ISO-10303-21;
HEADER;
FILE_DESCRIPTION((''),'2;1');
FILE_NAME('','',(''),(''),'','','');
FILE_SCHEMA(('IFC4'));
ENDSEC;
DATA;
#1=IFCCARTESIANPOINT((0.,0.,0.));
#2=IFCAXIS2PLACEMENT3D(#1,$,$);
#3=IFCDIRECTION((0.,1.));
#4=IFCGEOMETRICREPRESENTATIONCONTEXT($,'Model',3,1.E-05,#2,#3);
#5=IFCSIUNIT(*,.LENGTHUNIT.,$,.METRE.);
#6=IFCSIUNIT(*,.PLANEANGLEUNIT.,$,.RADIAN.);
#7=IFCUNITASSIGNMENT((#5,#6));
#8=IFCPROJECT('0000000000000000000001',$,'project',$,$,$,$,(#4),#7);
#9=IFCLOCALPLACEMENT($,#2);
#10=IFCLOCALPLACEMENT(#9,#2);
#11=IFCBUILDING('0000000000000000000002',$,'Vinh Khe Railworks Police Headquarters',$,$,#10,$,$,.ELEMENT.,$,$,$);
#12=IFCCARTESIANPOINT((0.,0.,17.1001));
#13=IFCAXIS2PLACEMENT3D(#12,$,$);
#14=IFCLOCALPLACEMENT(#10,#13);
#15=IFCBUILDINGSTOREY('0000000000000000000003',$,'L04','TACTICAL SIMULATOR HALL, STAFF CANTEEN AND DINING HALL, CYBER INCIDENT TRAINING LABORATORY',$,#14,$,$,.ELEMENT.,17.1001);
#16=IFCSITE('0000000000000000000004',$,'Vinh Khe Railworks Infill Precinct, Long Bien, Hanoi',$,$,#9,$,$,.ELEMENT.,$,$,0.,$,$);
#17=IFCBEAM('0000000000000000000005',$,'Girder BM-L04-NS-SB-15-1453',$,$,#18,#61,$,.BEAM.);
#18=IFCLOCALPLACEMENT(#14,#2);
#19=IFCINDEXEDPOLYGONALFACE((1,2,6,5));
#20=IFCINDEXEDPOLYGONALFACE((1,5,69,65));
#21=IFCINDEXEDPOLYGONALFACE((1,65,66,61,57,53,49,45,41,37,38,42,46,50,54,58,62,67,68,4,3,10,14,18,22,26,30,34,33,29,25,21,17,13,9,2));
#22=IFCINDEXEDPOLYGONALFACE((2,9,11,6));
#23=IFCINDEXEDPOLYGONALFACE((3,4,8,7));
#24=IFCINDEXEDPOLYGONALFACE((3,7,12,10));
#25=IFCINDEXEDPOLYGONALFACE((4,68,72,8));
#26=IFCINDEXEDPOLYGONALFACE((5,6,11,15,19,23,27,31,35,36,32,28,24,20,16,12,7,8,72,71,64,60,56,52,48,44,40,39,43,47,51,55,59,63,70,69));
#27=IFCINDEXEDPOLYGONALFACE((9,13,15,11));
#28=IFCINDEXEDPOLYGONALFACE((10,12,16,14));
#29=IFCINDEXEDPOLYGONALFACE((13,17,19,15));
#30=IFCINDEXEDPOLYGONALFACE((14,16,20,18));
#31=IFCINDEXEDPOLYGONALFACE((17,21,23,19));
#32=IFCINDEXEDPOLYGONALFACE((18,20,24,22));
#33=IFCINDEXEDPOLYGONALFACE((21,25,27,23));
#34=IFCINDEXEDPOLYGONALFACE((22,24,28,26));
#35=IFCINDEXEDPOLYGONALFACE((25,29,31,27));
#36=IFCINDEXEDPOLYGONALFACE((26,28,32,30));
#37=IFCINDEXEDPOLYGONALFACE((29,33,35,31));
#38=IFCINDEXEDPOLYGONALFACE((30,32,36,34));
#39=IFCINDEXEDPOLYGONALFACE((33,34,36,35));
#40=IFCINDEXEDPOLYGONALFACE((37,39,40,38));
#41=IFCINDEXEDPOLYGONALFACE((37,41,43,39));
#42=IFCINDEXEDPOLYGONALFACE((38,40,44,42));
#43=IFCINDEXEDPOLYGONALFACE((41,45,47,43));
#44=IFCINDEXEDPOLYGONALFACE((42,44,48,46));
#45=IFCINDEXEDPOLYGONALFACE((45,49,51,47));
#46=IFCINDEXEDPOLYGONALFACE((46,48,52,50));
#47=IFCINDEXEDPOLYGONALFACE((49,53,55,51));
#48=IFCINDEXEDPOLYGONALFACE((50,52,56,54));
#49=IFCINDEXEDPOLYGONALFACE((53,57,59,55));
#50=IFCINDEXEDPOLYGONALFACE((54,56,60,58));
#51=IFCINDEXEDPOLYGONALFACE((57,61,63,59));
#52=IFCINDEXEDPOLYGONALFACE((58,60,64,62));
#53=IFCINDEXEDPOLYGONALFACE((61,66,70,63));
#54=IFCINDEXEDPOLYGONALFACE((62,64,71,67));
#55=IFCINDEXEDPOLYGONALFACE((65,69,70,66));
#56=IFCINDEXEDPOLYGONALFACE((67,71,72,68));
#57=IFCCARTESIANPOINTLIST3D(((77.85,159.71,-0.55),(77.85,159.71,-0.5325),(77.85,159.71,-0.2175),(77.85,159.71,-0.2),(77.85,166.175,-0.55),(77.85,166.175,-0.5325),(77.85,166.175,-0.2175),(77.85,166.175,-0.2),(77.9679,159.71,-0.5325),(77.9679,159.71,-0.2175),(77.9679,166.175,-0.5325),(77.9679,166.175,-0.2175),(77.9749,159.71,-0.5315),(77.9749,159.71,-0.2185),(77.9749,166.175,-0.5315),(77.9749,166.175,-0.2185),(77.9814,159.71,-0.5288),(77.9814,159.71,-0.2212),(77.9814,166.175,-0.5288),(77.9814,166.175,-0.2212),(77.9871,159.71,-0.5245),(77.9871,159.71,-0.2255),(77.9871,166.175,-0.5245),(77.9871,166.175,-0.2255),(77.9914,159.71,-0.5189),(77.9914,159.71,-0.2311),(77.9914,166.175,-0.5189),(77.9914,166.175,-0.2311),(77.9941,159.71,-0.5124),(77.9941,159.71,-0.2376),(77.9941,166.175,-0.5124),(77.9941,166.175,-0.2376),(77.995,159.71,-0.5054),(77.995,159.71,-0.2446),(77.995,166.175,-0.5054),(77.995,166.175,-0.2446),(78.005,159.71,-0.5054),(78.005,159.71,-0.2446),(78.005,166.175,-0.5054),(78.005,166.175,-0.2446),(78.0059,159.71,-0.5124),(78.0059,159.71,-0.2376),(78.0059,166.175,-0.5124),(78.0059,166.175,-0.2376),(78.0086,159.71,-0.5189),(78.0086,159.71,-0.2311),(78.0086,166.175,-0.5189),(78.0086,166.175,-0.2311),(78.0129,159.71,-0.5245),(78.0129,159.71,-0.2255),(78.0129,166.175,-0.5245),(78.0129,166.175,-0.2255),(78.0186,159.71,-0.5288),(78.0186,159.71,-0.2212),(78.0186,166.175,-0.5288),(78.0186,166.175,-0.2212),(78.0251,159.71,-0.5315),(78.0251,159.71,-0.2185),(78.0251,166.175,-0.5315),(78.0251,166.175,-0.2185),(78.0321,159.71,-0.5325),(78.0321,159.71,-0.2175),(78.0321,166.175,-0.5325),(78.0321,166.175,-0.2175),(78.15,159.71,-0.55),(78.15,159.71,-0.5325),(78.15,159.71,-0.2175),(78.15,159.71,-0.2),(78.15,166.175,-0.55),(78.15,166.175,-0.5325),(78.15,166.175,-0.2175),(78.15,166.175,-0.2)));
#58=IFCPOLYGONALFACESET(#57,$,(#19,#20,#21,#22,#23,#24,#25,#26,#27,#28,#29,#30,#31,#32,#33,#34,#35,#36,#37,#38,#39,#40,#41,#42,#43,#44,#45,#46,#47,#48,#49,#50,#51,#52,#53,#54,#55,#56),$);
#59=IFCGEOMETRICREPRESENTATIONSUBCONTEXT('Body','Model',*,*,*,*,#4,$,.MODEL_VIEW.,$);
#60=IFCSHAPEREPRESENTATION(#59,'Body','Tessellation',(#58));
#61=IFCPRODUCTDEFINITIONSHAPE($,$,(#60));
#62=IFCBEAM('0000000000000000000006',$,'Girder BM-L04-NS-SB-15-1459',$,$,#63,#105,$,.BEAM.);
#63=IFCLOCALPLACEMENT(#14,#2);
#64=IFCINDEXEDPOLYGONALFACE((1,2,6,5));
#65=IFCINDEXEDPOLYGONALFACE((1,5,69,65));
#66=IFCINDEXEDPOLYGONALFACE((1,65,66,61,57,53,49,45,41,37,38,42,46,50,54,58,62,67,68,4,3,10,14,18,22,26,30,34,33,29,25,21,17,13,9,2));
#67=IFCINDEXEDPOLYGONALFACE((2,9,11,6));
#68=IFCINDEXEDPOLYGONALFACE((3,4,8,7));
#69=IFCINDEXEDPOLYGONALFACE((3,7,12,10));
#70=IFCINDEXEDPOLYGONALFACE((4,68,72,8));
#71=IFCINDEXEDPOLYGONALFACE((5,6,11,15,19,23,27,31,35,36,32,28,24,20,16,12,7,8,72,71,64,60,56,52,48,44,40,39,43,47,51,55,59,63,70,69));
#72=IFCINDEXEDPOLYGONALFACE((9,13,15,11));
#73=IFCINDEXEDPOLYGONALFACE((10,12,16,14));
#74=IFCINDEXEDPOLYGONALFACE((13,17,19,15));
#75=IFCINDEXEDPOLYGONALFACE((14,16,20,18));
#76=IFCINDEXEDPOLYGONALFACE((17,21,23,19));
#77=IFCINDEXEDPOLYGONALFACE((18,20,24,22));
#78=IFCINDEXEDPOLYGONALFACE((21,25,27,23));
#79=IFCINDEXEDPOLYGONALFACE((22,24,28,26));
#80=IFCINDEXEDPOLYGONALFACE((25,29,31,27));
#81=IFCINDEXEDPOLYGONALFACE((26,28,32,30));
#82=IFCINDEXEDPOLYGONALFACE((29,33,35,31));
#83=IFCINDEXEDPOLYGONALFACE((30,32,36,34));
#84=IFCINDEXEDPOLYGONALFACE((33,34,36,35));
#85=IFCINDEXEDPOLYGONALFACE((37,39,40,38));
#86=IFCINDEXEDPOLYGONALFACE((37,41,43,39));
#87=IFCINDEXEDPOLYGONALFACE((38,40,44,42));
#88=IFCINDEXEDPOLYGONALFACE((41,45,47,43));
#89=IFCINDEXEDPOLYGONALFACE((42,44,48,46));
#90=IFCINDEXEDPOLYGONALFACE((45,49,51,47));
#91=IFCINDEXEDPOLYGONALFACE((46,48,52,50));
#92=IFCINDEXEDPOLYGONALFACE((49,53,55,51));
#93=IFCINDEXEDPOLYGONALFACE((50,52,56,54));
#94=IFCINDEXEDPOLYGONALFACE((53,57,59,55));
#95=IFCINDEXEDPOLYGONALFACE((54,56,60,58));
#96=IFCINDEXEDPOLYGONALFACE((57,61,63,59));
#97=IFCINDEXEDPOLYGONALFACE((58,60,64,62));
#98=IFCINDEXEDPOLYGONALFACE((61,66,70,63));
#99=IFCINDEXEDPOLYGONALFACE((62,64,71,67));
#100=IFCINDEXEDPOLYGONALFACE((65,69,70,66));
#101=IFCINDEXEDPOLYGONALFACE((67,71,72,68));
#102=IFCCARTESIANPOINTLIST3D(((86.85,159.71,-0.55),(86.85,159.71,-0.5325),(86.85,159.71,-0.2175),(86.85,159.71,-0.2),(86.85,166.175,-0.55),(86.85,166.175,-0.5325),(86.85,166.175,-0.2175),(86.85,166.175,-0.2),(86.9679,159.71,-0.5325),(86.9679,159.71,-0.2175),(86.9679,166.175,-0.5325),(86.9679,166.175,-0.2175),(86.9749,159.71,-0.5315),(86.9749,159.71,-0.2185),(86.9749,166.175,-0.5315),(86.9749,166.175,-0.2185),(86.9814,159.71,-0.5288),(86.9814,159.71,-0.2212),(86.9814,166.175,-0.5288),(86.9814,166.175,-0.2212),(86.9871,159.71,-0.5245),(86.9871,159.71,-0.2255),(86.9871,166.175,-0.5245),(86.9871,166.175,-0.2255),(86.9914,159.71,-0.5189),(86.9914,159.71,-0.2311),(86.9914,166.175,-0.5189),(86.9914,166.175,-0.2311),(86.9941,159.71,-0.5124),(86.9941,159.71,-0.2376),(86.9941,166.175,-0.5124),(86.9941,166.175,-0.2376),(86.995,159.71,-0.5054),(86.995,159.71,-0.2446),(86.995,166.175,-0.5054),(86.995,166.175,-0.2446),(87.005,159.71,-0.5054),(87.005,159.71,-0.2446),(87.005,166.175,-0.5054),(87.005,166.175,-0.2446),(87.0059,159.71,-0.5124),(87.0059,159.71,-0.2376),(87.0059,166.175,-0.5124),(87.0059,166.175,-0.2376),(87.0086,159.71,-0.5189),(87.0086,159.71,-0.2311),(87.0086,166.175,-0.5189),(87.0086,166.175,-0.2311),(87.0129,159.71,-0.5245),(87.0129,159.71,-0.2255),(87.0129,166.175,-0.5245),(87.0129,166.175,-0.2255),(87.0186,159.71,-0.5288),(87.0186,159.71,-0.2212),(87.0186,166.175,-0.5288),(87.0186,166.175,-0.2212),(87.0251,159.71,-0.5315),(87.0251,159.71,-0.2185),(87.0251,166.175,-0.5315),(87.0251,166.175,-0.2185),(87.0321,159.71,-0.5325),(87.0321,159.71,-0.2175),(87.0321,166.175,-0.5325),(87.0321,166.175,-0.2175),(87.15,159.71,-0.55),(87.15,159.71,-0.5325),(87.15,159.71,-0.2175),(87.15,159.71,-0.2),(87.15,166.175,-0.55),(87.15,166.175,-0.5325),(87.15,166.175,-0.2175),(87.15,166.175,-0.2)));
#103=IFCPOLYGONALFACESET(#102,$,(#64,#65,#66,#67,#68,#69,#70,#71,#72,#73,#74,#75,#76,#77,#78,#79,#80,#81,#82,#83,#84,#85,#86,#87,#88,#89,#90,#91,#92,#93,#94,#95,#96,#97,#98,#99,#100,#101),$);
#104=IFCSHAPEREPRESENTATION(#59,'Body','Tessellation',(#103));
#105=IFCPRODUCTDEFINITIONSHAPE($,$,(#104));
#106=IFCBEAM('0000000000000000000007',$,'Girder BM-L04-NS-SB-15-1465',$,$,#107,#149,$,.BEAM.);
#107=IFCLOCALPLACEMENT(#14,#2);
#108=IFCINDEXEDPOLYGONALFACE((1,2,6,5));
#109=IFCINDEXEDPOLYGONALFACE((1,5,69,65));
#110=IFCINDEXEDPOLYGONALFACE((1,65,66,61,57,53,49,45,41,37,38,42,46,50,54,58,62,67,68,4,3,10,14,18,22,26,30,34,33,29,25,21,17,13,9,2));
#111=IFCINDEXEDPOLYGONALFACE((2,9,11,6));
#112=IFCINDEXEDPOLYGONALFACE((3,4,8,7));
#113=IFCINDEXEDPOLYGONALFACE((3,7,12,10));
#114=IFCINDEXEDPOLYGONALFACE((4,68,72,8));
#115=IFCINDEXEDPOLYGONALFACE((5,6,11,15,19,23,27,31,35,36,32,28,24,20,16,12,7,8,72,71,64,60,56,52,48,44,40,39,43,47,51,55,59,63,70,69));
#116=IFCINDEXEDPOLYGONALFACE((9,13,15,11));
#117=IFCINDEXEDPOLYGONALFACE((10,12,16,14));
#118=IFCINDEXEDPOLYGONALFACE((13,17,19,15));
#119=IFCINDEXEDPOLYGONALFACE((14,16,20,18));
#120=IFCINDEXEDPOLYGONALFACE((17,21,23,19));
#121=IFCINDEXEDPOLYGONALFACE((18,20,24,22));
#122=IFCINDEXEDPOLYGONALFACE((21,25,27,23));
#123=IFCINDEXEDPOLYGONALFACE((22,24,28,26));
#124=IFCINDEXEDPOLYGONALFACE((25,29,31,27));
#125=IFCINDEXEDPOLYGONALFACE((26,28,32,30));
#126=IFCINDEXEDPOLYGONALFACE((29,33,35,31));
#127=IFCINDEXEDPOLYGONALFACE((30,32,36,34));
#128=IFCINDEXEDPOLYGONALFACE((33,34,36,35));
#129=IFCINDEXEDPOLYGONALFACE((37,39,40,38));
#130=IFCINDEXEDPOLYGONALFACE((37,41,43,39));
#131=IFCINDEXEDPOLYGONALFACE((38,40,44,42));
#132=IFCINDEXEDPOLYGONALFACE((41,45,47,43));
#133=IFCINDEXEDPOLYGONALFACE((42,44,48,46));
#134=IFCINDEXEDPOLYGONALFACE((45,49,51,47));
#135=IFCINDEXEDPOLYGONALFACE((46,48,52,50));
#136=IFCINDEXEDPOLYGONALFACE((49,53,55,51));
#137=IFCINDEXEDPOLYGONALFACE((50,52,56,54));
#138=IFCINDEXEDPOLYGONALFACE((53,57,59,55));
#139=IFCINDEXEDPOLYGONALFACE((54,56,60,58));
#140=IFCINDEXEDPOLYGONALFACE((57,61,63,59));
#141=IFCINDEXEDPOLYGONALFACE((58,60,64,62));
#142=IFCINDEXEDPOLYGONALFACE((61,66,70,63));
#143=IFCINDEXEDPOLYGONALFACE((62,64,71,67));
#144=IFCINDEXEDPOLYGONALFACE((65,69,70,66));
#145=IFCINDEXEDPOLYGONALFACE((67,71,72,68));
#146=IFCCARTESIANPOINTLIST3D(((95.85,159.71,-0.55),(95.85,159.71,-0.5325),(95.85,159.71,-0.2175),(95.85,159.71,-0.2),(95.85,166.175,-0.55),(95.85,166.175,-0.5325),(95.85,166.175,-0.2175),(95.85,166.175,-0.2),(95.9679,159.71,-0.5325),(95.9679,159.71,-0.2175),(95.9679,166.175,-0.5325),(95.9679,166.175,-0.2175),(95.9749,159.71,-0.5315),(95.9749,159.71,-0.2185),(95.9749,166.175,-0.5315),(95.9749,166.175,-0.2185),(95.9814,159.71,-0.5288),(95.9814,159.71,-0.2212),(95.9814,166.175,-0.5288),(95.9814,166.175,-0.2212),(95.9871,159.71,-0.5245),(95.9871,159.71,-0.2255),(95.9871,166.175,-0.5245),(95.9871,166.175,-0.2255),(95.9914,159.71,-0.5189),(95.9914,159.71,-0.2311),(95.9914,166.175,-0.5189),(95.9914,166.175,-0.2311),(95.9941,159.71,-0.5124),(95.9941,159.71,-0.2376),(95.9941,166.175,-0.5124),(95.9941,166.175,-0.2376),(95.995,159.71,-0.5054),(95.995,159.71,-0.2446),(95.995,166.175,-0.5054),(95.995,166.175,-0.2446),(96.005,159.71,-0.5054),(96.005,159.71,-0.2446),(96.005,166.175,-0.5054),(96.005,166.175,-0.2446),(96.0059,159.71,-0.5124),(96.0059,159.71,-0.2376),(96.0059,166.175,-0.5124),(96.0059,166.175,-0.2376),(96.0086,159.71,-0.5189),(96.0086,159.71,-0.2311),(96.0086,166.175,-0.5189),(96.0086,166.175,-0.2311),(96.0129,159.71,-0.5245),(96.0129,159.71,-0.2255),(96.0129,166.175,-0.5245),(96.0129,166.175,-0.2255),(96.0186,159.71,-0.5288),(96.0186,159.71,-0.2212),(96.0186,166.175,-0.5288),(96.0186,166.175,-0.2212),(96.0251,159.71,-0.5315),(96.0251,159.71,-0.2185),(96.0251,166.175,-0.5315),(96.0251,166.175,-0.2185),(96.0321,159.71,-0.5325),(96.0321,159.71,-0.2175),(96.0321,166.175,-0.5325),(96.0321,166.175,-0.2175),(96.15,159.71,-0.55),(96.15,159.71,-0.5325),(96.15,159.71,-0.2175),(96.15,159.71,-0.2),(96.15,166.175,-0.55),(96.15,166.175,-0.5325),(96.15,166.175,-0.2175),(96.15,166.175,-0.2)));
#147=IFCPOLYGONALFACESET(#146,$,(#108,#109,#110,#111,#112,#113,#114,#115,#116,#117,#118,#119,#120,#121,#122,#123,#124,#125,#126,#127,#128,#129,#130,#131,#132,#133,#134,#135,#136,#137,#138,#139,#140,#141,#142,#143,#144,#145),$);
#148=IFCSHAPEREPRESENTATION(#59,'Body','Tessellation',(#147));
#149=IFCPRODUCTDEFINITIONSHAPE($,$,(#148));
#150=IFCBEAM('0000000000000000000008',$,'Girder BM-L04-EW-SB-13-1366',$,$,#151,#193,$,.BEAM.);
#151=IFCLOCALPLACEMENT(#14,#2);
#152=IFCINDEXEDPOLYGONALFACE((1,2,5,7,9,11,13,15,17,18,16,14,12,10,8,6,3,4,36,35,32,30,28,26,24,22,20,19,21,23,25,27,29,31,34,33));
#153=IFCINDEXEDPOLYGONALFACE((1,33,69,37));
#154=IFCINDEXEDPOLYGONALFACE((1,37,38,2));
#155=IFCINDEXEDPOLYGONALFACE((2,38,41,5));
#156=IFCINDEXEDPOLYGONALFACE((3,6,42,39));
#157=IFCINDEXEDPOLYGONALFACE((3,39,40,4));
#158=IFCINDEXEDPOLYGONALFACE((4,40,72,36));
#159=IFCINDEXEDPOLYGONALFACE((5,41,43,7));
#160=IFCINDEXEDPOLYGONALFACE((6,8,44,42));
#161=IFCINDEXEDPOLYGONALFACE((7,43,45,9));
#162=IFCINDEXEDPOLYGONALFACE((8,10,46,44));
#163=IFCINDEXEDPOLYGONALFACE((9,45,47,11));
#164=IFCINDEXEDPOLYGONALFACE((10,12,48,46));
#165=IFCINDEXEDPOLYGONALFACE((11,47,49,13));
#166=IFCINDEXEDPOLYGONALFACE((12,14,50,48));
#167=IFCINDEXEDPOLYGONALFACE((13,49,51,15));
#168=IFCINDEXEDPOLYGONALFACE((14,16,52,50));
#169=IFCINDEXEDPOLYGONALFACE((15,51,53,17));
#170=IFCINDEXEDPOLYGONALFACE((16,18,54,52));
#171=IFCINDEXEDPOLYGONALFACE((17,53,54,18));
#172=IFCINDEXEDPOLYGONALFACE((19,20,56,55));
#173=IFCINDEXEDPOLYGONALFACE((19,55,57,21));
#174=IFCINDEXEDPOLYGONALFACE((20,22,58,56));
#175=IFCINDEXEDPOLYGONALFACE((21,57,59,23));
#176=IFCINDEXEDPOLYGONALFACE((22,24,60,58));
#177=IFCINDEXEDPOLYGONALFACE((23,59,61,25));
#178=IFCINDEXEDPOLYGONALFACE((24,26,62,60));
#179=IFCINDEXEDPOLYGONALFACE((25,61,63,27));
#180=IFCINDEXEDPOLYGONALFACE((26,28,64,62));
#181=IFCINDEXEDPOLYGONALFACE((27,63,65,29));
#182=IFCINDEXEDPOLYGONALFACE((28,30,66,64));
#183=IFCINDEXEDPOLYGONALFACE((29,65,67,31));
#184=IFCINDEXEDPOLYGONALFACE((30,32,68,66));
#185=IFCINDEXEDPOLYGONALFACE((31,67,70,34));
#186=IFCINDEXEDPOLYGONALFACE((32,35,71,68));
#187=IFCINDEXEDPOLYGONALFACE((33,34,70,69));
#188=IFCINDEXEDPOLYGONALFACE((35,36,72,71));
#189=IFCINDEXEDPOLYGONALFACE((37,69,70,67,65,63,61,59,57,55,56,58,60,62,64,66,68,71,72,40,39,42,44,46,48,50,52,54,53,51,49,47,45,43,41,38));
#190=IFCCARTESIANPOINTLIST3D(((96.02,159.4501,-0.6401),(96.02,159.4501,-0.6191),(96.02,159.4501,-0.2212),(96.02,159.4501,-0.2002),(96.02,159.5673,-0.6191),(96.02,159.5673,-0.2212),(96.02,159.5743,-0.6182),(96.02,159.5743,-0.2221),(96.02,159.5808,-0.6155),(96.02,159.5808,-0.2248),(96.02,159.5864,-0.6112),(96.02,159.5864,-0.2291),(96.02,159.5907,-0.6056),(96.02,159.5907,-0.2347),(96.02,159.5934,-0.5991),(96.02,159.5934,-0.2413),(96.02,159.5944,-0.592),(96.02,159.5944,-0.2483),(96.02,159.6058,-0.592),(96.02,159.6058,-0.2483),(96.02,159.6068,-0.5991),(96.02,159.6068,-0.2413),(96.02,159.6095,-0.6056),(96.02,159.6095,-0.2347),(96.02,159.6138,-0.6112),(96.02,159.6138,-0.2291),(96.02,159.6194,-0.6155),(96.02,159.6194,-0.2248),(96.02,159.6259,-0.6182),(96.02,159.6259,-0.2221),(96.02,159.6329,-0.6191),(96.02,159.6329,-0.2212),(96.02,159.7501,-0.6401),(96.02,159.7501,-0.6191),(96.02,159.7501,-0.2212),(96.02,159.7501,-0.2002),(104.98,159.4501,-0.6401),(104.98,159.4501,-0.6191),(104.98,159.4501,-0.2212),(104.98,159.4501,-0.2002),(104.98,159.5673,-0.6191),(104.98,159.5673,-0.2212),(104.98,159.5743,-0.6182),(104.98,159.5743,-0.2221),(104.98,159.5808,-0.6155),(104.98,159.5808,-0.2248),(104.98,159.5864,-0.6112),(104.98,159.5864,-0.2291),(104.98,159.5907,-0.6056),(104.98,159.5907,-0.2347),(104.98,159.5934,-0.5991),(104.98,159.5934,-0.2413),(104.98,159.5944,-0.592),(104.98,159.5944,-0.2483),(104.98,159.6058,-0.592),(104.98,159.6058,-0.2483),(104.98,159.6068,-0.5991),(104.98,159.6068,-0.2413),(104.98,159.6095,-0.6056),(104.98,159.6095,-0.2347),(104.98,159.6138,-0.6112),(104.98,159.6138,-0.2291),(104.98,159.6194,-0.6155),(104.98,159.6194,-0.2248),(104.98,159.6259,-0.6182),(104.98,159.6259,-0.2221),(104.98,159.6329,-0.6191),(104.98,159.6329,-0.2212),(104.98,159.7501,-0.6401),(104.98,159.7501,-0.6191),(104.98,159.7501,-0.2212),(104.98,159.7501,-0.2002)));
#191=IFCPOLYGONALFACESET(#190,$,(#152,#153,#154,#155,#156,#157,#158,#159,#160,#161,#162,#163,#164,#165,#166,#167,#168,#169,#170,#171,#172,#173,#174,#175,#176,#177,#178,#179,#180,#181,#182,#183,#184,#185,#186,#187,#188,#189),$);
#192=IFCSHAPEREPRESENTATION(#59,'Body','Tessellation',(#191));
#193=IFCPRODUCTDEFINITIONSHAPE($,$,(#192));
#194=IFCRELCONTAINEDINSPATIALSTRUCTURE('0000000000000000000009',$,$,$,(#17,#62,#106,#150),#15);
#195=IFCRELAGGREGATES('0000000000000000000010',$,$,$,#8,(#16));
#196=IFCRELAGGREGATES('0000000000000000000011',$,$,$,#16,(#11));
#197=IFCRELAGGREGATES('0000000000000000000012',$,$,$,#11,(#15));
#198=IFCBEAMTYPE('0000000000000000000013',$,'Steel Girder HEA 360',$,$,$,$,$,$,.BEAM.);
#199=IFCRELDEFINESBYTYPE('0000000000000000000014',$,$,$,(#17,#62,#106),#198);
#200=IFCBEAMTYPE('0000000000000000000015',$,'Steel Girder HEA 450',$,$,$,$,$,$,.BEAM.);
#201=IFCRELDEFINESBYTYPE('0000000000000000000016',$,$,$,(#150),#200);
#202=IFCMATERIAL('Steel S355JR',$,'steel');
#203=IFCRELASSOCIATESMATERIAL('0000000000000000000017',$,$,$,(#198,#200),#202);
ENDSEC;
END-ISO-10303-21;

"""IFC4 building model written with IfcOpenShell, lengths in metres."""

from ifc_helpers import new_model, si_unit, direction, frame, origin, origin_2d, place, context, subcontext, project, spatial, i_section, extrude, material, material_profile, profile_set, type_object, element, save


model = new_model("IFC4")

# Units and contexts
model_context = context("Model", 3, precision=1e-05, world=origin(), true_north=direction((0.0, 1.0)))
body_context = subcontext(model_context, "Body", "Model", "MODEL_VIEW")
ifc_project = project(units=[si_unit("LENGTHUNIT", "METRE"), si_unit("PLANEANGLEUNIT", "RADIAN")], contexts=[model_context])

# Site, building, storey
site_placement = place(None, origin())
site = spatial("IfcSite", under=ifc_project, at=site_placement, Name="Vinh Khe Railworks Infill Precinct, Long Bien, Hanoi", CompositionType="ELEMENT", RefElevation=0.0)
building_placement = place(site_placement, origin())
building = spatial("IfcBuilding", under=site, at=building_placement, Name="Vinh Khe Railworks Police Headquarters", CompositionType="ELEMENT")
storey_placement = place(building_placement, frame((0.0, 0.0, 17.1001)))
storey = spatial("IfcBuildingStorey", under=building, at=storey_placement, Name="L04", Description="TACTICAL SIMULATOR HALL, STAFF CANTEEN AND DINING HALL, CYBER INCIDENT TRAINING LABORATORY", CompositionType="ELEMENT", Elevation=17.1001)

# Shared definitions
ifc_material_1 = material(Name="Steel S355JR", Category="steel")

# Beams
ifc_material_profile_1 = material_profile(ifc_material_1, i_section(OverallWidth=0.3, OverallDepth=0.3501, WebThickness=0.01, FlangeThickness=0.0176, FilletRadius=0.0271, at=origin_2d()), Name="HEA 360")
ifc_profile_set_1 = profile_set([ifc_material_profile_1], Name="Steel S355JR")
beam_type_1 = type_object("IfcBeamType", Name="Steel Girder HEA 360", PredefinedType="BEAM", material=ifc_profile_set_1)
for number, where, z_axis, x_axis, name in (
    (1, (78.0, 159.71, -0.375), (0.0, 1.0, 0.0), (-1.0, 0.0, 0.0), "Girder BM-L04-NS-SB-15-1453"),
    (2, (87.0, 159.71, -0.375), (0.0, 1.0, 0.0), (-1.0, 0.0, 0.0), "Girder BM-L04-NS-SB-15-1459"),
    (3, (96.0, 159.71, -0.375), (0.0, 1.0, 0.0), (-1.0, 0.0, 0.0), "Girder BM-L04-NS-SB-15-1465"),
):
    element("IfcBeam", number, at=place(storey_placement, frame(where, z_axis=z_axis, x_axis=x_axis)), inside=storey, type_object=beam_type_1, Name=name, PredefinedType="BEAM", context=body_context, shape_type="SweptSolid", body=[
        extrude(i_section(OverallWidth=0.3, OverallDepth=0.3501, WebThickness=0.01, FlangeThickness=0.0176, FilletRadius=0.0271, at=origin_2d()), origin(), (0.0, 0.0, 1.0), 6.4651),
    ])
ifc_material_profile_2 = material_profile(ifc_material_1, i_section(OverallWidth=0.3, OverallDepth=0.4399, WebThickness=0.0115, FlangeThickness=0.021, FilletRadius=0.0271, at=origin_2d()), Name="HEA 450")
ifc_profile_set_2 = profile_set([ifc_material_profile_2], Name="Steel S355JR")
beam_type_2 = type_object("IfcBeamType", Name="Steel Girder HEA 450", PredefinedType="BEAM", material=ifc_profile_set_2)
beam_1_placement = place(storey_placement, frame((96.02, 159.6001, -0.4202), z_axis=(1.0, 0.0, 0.0), x_axis=(0.0, 1.0, 0.0)))
element("IfcBeam", 4, at=beam_1_placement, inside=storey, type_object=beam_type_2, Name="Girder BM-L04-EW-SB-13-1366", PredefinedType="BEAM", context=body_context, shape_type="SweptSolid", body=[
    extrude(i_section(OverallWidth=0.3, OverallDepth=0.4399, WebThickness=0.0115, FlangeThickness=0.021, FilletRadius=0.0271, at=origin_2d()), origin(), (0.0, 0.0, 1.0), 8.96),
])

save(model, "model.ifc")
